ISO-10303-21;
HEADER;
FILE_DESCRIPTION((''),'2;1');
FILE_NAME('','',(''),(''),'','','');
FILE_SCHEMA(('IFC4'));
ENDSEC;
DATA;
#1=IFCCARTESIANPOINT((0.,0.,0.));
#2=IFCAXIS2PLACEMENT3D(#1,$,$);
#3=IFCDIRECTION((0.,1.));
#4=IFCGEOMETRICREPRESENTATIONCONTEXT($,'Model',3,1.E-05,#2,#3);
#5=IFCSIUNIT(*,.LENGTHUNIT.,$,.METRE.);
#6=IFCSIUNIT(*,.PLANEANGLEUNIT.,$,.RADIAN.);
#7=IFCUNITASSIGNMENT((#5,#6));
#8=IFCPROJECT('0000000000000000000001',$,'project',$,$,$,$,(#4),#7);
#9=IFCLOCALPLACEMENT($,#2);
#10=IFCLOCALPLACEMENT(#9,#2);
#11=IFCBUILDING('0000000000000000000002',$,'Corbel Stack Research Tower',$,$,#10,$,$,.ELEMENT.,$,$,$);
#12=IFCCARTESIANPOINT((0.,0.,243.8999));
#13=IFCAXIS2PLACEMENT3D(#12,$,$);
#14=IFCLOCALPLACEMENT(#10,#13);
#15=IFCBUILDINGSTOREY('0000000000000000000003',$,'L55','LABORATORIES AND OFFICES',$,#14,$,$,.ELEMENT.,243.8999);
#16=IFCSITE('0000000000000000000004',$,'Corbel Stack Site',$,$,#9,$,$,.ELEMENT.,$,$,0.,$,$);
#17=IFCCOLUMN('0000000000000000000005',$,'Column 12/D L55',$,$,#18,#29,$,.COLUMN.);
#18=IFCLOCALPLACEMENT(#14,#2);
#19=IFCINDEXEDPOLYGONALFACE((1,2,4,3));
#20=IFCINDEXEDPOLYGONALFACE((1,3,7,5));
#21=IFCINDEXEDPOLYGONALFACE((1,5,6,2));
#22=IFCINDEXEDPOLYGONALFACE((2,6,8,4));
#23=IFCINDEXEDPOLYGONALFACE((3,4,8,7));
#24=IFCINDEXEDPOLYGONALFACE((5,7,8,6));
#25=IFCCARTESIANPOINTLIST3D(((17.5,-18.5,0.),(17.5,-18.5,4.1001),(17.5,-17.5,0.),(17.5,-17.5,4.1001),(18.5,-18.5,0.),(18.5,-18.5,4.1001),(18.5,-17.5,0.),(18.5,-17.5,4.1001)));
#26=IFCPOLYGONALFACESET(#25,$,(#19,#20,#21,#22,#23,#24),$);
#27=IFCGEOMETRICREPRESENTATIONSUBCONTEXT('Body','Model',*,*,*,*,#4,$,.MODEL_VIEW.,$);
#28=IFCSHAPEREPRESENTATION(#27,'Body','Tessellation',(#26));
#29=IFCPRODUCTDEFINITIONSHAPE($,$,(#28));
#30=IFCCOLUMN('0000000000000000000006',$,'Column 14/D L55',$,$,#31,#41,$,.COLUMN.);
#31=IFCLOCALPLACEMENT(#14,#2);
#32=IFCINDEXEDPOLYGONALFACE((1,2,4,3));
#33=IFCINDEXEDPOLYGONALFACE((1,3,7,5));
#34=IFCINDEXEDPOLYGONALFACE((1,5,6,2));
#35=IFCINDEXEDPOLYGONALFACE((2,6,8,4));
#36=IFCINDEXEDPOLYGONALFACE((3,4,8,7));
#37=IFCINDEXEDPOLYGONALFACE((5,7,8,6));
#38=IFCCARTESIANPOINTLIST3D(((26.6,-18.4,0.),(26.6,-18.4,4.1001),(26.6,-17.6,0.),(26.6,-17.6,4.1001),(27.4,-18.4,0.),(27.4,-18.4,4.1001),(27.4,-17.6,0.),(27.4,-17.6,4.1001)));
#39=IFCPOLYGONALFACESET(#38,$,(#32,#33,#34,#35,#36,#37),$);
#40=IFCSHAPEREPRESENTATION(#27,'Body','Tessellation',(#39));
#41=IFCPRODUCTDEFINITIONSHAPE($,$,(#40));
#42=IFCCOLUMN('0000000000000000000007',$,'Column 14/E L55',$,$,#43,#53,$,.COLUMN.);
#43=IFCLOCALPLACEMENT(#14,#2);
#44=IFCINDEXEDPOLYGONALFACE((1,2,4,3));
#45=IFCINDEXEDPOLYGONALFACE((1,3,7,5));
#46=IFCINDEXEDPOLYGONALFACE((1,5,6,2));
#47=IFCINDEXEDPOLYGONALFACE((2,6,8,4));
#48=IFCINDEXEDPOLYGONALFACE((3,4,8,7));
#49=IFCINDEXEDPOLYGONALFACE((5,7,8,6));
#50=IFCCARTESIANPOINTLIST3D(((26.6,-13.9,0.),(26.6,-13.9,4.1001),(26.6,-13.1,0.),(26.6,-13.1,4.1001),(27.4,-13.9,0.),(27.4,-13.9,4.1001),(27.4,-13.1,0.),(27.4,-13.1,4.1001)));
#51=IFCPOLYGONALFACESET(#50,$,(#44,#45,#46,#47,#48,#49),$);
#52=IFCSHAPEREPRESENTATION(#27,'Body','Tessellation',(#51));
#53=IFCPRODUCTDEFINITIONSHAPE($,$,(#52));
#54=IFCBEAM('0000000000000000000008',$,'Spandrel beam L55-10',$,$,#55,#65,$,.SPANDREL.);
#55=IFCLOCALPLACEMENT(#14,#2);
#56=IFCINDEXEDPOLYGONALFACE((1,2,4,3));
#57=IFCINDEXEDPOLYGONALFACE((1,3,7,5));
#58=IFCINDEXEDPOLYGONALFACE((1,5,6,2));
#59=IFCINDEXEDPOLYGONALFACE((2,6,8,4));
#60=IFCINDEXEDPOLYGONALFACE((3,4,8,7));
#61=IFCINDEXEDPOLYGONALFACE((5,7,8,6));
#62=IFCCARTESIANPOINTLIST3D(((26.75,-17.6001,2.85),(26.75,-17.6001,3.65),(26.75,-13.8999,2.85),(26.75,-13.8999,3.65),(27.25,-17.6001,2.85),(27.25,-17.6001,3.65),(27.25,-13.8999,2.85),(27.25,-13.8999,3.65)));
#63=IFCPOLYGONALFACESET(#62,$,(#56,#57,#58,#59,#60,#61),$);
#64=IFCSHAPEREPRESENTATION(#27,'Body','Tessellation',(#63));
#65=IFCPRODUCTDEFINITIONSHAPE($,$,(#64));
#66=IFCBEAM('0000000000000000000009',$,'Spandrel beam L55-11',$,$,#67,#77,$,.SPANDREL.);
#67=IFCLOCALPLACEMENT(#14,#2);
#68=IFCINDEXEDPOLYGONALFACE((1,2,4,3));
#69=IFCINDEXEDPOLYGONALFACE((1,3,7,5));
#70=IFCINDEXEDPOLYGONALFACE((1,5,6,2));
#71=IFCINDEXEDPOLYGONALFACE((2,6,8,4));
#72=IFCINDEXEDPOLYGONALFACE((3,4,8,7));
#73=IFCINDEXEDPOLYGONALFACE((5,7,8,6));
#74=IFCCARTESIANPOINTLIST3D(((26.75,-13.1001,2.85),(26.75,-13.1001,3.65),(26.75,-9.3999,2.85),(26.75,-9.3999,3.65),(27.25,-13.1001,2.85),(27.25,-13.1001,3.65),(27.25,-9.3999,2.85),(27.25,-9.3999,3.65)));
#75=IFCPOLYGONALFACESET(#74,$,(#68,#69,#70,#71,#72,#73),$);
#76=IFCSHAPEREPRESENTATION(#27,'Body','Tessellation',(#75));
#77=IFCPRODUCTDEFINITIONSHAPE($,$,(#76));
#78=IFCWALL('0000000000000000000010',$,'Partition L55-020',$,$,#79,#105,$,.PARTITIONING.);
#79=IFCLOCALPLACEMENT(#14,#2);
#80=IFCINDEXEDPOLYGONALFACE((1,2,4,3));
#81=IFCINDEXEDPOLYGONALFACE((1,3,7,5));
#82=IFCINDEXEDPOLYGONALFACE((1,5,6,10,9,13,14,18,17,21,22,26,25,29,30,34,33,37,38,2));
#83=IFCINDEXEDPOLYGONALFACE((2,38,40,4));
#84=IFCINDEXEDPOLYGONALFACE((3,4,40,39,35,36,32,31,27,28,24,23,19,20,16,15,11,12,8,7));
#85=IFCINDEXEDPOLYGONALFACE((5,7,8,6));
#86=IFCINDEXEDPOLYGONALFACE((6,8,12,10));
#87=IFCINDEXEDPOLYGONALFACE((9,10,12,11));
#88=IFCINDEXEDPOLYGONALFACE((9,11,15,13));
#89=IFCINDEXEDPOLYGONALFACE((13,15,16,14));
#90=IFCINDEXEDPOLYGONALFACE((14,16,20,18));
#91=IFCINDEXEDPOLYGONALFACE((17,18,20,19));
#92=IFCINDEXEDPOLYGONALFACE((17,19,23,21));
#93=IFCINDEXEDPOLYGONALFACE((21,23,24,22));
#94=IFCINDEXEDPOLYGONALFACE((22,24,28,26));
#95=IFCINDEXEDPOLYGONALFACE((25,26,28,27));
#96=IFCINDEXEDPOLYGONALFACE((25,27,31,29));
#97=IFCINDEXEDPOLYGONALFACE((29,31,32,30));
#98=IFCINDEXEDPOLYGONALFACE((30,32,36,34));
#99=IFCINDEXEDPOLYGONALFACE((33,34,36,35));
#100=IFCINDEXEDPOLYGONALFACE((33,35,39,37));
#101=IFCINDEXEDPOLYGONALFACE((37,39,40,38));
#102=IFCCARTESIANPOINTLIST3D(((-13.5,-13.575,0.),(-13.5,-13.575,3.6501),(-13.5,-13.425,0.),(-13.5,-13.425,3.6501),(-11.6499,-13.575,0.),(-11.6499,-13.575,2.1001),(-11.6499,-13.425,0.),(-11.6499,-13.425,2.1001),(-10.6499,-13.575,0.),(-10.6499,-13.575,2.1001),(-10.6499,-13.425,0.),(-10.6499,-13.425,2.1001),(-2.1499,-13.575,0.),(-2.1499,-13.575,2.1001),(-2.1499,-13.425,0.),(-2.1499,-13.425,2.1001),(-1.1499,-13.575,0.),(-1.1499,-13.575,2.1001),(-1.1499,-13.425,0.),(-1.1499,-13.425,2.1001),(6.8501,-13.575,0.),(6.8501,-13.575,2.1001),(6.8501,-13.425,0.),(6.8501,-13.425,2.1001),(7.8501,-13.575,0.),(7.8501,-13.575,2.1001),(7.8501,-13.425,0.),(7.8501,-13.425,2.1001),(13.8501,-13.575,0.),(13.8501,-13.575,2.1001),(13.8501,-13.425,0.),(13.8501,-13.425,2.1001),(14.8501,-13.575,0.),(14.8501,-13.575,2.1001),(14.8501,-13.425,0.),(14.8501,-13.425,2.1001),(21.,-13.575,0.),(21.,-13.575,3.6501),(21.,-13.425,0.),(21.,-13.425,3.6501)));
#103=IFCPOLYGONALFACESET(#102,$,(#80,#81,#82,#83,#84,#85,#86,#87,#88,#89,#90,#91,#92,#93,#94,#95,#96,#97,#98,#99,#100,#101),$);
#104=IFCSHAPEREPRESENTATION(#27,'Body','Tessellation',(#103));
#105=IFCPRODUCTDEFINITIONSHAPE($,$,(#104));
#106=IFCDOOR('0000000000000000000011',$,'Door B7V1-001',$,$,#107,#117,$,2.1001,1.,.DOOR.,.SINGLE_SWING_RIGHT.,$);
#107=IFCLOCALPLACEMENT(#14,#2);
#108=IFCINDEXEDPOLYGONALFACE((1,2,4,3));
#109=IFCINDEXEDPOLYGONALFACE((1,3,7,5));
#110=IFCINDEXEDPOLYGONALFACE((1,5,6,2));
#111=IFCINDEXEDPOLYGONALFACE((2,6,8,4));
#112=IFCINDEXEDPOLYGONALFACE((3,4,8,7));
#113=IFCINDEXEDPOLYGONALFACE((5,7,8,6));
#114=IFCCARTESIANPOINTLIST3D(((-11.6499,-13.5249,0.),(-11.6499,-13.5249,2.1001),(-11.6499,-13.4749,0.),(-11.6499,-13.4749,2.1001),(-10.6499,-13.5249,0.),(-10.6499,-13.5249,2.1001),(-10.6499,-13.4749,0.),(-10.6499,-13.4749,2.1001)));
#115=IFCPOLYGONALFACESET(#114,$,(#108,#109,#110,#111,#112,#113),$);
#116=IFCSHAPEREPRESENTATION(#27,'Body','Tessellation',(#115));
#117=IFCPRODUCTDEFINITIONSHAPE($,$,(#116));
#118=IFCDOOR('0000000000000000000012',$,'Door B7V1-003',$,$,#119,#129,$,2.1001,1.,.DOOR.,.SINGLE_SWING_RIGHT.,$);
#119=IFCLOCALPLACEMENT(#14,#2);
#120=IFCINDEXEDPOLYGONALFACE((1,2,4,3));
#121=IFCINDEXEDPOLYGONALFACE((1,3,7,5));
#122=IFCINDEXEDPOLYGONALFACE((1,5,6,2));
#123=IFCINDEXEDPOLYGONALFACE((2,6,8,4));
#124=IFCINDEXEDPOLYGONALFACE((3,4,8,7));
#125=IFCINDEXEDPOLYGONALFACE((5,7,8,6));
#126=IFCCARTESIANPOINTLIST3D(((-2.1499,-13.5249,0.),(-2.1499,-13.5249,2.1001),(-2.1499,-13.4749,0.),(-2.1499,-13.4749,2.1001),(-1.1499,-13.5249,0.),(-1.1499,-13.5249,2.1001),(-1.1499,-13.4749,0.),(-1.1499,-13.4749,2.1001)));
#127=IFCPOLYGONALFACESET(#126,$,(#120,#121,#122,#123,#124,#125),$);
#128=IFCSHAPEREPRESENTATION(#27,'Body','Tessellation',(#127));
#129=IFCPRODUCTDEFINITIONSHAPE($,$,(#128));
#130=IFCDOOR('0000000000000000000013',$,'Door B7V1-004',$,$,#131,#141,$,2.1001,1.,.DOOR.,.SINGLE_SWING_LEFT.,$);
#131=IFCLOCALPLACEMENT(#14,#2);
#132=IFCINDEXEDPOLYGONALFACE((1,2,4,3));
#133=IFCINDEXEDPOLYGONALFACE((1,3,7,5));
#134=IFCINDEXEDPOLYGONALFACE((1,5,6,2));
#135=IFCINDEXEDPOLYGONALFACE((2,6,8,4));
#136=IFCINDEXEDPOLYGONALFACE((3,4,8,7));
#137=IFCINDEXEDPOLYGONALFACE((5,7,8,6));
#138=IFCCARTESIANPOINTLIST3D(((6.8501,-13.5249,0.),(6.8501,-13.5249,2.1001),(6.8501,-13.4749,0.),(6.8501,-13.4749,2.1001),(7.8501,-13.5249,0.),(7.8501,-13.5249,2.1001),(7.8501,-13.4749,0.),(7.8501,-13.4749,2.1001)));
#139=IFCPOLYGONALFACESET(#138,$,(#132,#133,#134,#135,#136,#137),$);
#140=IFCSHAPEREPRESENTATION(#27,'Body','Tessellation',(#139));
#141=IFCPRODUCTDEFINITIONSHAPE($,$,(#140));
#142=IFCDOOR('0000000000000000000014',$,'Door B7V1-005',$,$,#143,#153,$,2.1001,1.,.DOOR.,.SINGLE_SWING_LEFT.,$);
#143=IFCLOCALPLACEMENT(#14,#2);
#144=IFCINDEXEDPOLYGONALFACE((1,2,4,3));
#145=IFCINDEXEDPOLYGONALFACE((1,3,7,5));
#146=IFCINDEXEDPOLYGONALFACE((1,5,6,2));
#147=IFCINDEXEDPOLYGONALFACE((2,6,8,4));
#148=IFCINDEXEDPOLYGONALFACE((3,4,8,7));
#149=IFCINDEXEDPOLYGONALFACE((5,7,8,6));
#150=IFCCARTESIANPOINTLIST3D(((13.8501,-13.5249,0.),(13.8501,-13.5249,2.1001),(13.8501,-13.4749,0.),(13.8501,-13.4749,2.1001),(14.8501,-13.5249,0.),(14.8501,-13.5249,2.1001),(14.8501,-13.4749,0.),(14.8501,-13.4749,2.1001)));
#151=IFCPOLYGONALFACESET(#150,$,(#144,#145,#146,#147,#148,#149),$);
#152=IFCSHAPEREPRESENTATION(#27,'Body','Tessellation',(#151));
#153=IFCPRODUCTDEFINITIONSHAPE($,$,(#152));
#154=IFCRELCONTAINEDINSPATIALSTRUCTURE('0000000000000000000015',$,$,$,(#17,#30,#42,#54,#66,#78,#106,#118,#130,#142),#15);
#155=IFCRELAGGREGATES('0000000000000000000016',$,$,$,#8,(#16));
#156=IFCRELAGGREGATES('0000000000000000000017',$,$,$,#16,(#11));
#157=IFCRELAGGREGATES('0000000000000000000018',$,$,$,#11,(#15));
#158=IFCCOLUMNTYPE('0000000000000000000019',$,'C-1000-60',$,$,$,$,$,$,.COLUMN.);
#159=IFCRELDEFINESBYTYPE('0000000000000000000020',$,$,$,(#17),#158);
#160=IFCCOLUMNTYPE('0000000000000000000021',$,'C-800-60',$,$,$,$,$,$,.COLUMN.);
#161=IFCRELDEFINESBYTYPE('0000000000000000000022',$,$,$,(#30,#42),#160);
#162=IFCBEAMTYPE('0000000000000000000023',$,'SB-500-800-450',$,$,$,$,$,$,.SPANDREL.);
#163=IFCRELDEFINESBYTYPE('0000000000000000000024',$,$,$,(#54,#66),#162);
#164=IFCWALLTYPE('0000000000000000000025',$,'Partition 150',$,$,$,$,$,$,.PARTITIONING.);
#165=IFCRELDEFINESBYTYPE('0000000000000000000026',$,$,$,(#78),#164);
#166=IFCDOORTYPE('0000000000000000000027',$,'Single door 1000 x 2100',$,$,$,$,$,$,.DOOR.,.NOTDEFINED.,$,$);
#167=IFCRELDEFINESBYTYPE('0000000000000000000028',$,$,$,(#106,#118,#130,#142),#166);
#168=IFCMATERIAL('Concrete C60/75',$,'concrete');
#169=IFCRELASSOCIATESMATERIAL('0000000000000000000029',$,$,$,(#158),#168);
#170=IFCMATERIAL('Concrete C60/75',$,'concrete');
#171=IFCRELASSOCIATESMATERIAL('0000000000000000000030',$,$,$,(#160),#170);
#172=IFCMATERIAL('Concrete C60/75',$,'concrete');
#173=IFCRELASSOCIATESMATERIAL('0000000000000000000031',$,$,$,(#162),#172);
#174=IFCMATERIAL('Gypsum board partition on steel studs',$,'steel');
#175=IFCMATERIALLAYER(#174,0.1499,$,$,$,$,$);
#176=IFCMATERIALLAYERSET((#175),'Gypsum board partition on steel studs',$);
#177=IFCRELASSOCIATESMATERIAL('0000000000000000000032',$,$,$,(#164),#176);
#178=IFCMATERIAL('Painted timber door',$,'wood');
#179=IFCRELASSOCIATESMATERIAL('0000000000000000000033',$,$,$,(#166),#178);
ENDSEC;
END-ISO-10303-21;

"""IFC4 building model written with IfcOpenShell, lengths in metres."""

from ifc_helpers import new_model, si_unit, direction, frame, frame_2d, origin, origin_2d, place, context, subcontext, project, spatial, rectangle, extrude, material, layer, layer_set, material_profile, profile_set, type_object, element, fill, save


model = new_model("IFC4")

# Units and contexts
model_context = context("Model", 3, precision=1e-05, world=origin(), true_north=direction((0.0, 1.0)))
body_context = subcontext(model_context, "Body", "Model", "MODEL_VIEW")
ifc_project = project(units=[si_unit("LENGTHUNIT", "METRE"), si_unit("PLANEANGLEUNIT", "RADIAN")], contexts=[model_context])

# Site, building, storey
site_placement = place(None, origin())
site = spatial("IfcSite", under=ifc_project, at=site_placement, Name="Corbel Stack Site", CompositionType="ELEMENT", RefElevation=0.0)
building_placement = place(site_placement, origin())
building = spatial("IfcBuilding", under=site, at=building_placement, Name="Corbel Stack Research Tower", CompositionType="ELEMENT")
storey_placement = place(building_placement, frame((0.0, 0.0, 243.8999)))
storey = spatial("IfcBuildingStorey", under=building, at=storey_placement, Name="L55", Description="LABORATORIES AND OFFICES", CompositionType="ELEMENT", Elevation=243.8999)

# Columns
ifc_material_1 = material(Name="Concrete C60/75", Category="concrete")
ifc_material_profile_1 = material_profile(ifc_material_1, rectangle(XDim=1.0, YDim=1.0, at=origin_2d()), Name="RC 1000 x 1000")
ifc_profile_set_1 = profile_set([ifc_material_profile_1], Name="Concrete C60/75")
column_type_1 = type_object("IfcColumnType", Name="C-1000-60", PredefinedType="COLUMN", material=ifc_profile_set_1)
column_placement = place(storey_placement, frame((18.0, -18.0, 0.0), z_axis=(0.0, 0.0, 1.0), x_axis=(1.0, 0.0, 0.0)))
element("IfcColumn", 1, at=column_placement, inside=storey, type_object=column_type_1, Name="Column 12/D L55", PredefinedType="COLUMN", context=body_context, shape_type="SweptSolid", body=[
    extrude(rectangle(XDim=1.0, YDim=1.0, at=origin_2d()), origin(), (0.0, 0.0, 1.0), 4.1001),
])
ifc_material_2 = material(Name="Concrete C60/75", Category="concrete")
ifc_material_profile_2 = material_profile(ifc_material_2, rectangle(XDim=0.8, YDim=0.8, at=origin_2d()), Name="RC 800 x 800")
ifc_profile_set_2 = profile_set([ifc_material_profile_2], Name="Concrete C60/75")
column_type_2 = type_object("IfcColumnType", Name="C-800-60", PredefinedType="COLUMN", material=ifc_profile_set_2)
for number, where, z_axis, x_axis, name in (
    (2, (27.0, -18.0, 0.0), (0.0, 0.0, 1.0), (1.0, 0.0, 0.0), "Column 14/D L55"),
    (3, (27.0, -13.5, 0.0), (0.0, 0.0, 1.0), (1.0, 0.0, 0.0), "Column 14/E L55"),
):
    element("IfcColumn", number, at=place(storey_placement, frame(where, z_axis=z_axis, x_axis=x_axis)), inside=storey, type_object=column_type_2, Name=name, PredefinedType="COLUMN", context=body_context, shape_type="SweptSolid", body=[
        extrude(rectangle(XDim=0.8, YDim=0.8, at=origin_2d()), origin(), (0.0, 0.0, 1.0), 4.1001),
    ])

# Beams
ifc_material_3 = material(Name="Concrete C60/75", Category="concrete")
ifc_material_profile_3 = material_profile(ifc_material_3, rectangle(XDim=0.5, YDim=0.8, at=origin_2d()), Name="RC 500 x 800")
ifc_profile_set_3 = profile_set([ifc_material_profile_3], Name="Concrete C60/75")
beam_type = type_object("IfcBeamType", Name="SB-500-800-450", PredefinedType="SPANDREL", material=ifc_profile_set_3)
for number, where, z_axis, x_axis, name in (
    (4, (27.0, -17.6001, 3.25), (0.0, 1.0, 0.0), (-1.0, 0.0, 0.0), "Spandrel beam L55-10"),
    (5, (27.0, -13.1001, 3.25), (0.0, 1.0, 0.0), (-1.0, 0.0, 0.0), "Spandrel beam L55-11"),
):
    element("IfcBeam", number, at=place(storey_placement, frame(where, z_axis=z_axis, x_axis=x_axis)), inside=storey, type_object=beam_type, Name=name, PredefinedType="SPANDREL", context=body_context, shape_type="SweptSolid", body=[
        extrude(rectangle(XDim=0.5, YDim=0.8, at=origin_2d()), origin(), (0.0, 0.0, 1.0), 3.7002),
    ])

# Wall, openings, doors
ifc_material_4 = material(Name="Gypsum board partition on steel studs", Category="steel")
ifc_layer_1 = layer(ifc_material_4, 0.1499)
ifc_layer_set_1 = layer_set([ifc_layer_1], Name="Gypsum board partition on steel studs")
wall_type_1 = type_object("IfcWallType", Name="Partition 150", PredefinedType="PARTITIONING", material=ifc_layer_set_1)
wall_1_placement = place(storey_placement, frame((21.0, -13.5, 0.0), z_axis=(0.0, 0.0, 1.0), x_axis=(-1.0, 0.0, 0.0)))
wall_1 = element("IfcWall", 6, at=wall_1_placement, inside=storey, type_object=wall_type_1, Name="Partition L55-020", PredefinedType="PARTITIONING", context=body_context, shape_type="SweptSolid", body=[
    extrude(rectangle(XDim=34.5, YDim=0.1499, at=frame_2d((17.25, 0.0))), origin(), (0.0, 0.0, 1.0), 3.6501),
])
opening_1_placement = place(wall_1_placement, frame((31.6499, 0.0, 0.0)))
opening_1 = element("IfcOpeningElement", 7, at=opening_1_placement, cuts=wall_1, PredefinedType="OPENING", context=body_context, shape_type="SweptSolid", body=[
    extrude(rectangle(XDim=1.0, YDim=2.1001, at=frame_2d((0.5, 1.05))), frame((0.0, 0.085, 0.0), z_axis=(0.0, -1.0, 0.0), x_axis=(1.0, 0.0, 0.0)), (0.0, 0.0, 1.0), 0.1699),
])
opening_2_placement = place(wall_1_placement, frame((22.1499, 0.0, 0.0)))
opening_2 = element("IfcOpeningElement", 8, at=opening_2_placement, cuts=wall_1, PredefinedType="OPENING", context=body_context, shape_type="SweptSolid", body=[
    extrude(rectangle(XDim=1.0, YDim=2.1001, at=frame_2d((0.5, 1.05))), frame((0.0, 0.085, 0.0), z_axis=(0.0, -1.0, 0.0), x_axis=(1.0, 0.0, 0.0)), (0.0, 0.0, 1.0), 0.1699),
])
opening_3_placement = place(wall_1_placement, frame((13.1499, 0.0, 0.0)))
opening_3 = element("IfcOpeningElement", 9, at=opening_3_placement, cuts=wall_1, PredefinedType="OPENING", context=body_context, shape_type="SweptSolid", body=[
    extrude(rectangle(XDim=1.0, YDim=2.1001, at=frame_2d((0.5, 1.05))), frame((0.0, 0.085, 0.0), z_axis=(0.0, -1.0, 0.0), x_axis=(1.0, 0.0, 0.0)), (0.0, 0.0, 1.0), 0.1699),
])
opening_4_placement = place(wall_1_placement, frame((6.1499, 0.0, 0.0)))
opening_4 = element("IfcOpeningElement", 10, at=opening_4_placement, cuts=wall_1, PredefinedType="OPENING", context=body_context, shape_type="SweptSolid", body=[
    extrude(rectangle(XDim=1.0, YDim=2.1001, at=frame_2d((0.5, 1.05))), frame((0.0, 0.085, 0.0), z_axis=(0.0, -1.0, 0.0), x_axis=(1.0, 0.0, 0.0)), (0.0, 0.0, 1.0), 0.1699),
])
ifc_material_5 = material(Name="Painted timber door", Category="wood")
door_type_1 = type_object("IfcDoorType", Name="Single door 1000 x 2100", OperationType="NOTDEFINED", PredefinedType="DOOR", material=ifc_material_5)
door_1_placement = place(opening_1_placement, origin())
door_1 = element("IfcDoor", 11, at=door_1_placement, inside=storey, type_object=door_type_1, Name="Door B7V1-001", OperationType="SINGLE_SWING_RIGHT", OverallHeight=2.1001, OverallWidth=1.0, PredefinedType="DOOR", context=body_context, shape_type="SweptSolid", body=[
    extrude(rectangle(XDim=1.0, YDim=2.1001, at=frame_2d((0.5, 1.05))), frame((0.0, 0.0249, 0.0), z_axis=(0.0, -1.0, 0.0), x_axis=(1.0, 0.0, 0.0)), (0.0, 0.0, 1.0), 0.05),
])
fill(opening_1, door_1)
door_2_placement = place(opening_2_placement, origin())
door_2 = element("IfcDoor", 12, at=door_2_placement, inside=storey, type_object=door_type_1, Name="Door B7V1-003", OperationType="SINGLE_SWING_RIGHT", OverallHeight=2.1001, OverallWidth=1.0, PredefinedType="DOOR", context=body_context, shape_type="SweptSolid", body=[
    extrude(rectangle(XDim=1.0, YDim=2.1001, at=frame_2d((0.5, 1.05))), frame((0.0, 0.0249, 0.0), z_axis=(0.0, -1.0, 0.0), x_axis=(1.0, 0.0, 0.0)), (0.0, 0.0, 1.0), 0.05),
])
fill(opening_2, door_2)
door_3_placement = place(opening_3_placement, origin())
door_3 = element("IfcDoor", 13, at=door_3_placement, inside=storey, type_object=door_type_1, Name="Door B7V1-004", OperationType="SINGLE_SWING_LEFT", OverallHeight=2.1001, OverallWidth=1.0, PredefinedType="DOOR", context=body_context, shape_type="SweptSolid", body=[
    extrude(rectangle(XDim=1.0, YDim=2.1001, at=frame_2d((0.5, 1.05))), frame((0.0, 0.0249, 0.0), z_axis=(0.0, -1.0, 0.0), x_axis=(1.0, 0.0, 0.0)), (0.0, 0.0, 1.0), 0.05),
])
fill(opening_3, door_3)
door_4_placement = place(opening_4_placement, origin())
door_4 = element("IfcDoor", 14, at=door_4_placement, inside=storey, type_object=door_type_1, Name="Door B7V1-005", OperationType="SINGLE_SWING_LEFT", OverallHeight=2.1001, OverallWidth=1.0, PredefinedType="DOOR", context=body_context, shape_type="SweptSolid", body=[
    extrude(rectangle(XDim=1.0, YDim=2.1001, at=frame_2d((0.5, 1.05))), frame((0.0, 0.0249, 0.0), z_axis=(0.0, -1.0, 0.0), x_axis=(1.0, 0.0, 0.0)), (0.0, 0.0, 1.0), 0.05),
])
fill(opening_4, door_4)

save(model, "model.ifc")
